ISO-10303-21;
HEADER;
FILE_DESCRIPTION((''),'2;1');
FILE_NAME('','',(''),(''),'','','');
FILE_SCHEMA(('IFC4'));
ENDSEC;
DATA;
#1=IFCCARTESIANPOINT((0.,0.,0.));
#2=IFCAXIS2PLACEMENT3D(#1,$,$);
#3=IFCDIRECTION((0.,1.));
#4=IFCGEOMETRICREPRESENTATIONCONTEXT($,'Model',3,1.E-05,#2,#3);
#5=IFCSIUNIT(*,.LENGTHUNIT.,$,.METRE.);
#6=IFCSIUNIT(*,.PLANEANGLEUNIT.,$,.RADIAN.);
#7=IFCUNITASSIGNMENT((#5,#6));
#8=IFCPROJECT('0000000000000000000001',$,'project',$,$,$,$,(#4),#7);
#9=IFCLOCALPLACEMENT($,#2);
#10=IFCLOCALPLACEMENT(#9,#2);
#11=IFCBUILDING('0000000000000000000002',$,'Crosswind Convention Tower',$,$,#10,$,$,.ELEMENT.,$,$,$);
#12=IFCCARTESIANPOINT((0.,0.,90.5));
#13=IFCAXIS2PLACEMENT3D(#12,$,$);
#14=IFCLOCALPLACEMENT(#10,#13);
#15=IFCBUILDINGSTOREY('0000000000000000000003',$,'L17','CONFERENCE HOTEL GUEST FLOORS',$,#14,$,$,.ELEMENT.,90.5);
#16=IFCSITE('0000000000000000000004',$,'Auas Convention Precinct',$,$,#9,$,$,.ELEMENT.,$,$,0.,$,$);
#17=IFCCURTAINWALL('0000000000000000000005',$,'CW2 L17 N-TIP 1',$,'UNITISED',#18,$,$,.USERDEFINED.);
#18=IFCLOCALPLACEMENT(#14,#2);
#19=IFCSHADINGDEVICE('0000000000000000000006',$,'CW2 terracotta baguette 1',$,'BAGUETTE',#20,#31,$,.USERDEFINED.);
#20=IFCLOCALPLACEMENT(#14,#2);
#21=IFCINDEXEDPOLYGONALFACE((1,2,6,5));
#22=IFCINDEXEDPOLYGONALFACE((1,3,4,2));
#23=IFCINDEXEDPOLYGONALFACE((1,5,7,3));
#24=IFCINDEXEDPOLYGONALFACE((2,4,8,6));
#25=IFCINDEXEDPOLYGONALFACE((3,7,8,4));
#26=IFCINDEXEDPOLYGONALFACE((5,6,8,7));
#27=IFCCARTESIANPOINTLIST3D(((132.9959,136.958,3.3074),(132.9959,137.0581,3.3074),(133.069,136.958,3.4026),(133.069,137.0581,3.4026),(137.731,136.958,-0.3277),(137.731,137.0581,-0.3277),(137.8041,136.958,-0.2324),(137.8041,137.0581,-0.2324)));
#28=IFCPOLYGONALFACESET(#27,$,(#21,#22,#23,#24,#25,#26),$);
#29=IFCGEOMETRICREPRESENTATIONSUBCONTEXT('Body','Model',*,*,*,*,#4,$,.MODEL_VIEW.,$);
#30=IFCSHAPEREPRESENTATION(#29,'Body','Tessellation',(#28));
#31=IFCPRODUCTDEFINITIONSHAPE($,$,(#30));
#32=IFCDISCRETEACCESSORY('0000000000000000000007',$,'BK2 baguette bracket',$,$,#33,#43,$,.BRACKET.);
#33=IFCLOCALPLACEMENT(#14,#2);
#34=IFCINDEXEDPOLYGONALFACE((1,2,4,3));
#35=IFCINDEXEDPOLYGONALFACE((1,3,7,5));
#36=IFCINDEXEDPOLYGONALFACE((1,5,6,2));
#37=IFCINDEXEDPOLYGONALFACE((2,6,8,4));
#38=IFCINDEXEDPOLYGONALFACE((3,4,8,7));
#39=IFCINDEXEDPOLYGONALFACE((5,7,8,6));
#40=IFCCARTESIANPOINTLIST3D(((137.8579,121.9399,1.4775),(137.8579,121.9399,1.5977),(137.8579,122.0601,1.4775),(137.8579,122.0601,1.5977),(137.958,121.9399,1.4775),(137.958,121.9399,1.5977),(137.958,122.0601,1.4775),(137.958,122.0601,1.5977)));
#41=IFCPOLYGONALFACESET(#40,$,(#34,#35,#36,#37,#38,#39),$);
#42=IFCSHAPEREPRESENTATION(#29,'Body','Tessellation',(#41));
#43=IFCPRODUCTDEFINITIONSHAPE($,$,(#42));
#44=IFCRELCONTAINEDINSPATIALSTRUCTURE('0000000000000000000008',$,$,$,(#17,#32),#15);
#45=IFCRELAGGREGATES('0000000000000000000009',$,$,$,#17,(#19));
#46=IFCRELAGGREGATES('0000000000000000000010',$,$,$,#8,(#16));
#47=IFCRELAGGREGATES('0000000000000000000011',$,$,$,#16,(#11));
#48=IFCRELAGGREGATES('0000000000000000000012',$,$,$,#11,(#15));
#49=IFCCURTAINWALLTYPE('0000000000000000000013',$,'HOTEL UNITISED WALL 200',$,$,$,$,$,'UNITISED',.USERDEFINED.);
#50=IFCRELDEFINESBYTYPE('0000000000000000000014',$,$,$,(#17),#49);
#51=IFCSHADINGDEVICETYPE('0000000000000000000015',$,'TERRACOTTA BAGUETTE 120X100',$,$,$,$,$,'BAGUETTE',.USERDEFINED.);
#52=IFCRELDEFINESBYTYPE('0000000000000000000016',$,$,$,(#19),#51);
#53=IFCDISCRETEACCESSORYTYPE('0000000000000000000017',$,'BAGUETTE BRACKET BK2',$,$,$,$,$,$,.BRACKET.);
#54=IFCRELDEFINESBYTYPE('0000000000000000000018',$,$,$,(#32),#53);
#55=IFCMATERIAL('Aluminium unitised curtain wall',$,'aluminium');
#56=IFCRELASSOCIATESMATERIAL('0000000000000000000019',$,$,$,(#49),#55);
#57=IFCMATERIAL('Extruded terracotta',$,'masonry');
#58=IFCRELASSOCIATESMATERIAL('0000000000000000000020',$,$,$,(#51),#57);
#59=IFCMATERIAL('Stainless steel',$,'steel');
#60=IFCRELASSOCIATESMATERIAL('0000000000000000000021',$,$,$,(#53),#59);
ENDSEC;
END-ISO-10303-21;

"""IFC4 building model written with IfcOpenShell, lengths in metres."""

from ifc_helpers import new_model, si_unit, direction, frame, origin, origin_2d, place, context, subcontext, project, spatial, rectangle, extrude, material, material_profile, profile_set, type_object, element, aggregate, save


model = new_model("IFC4")

# Units and contexts
model_context = context("Model", 3, precision=1e-05, world=origin(), true_north=direction((0.0, 1.0)))
body_context = subcontext(model_context, "Body", "Model", "MODEL_VIEW")
ifc_project = project(units=[si_unit("LENGTHUNIT", "METRE"), si_unit("PLANEANGLEUNIT", "RADIAN")], contexts=[model_context])

# Site, building, storey
site_placement = place(None, origin())
site = spatial("IfcSite", under=ifc_project, at=site_placement, Name="Auas Convention Precinct", CompositionType="ELEMENT", RefElevation=0.0)
building_placement = place(site_placement, origin())
building = spatial("IfcBuilding", under=site, at=building_placement, Name="Crosswind Convention Tower", CompositionType="ELEMENT")
storey_placement = place(building_placement, frame((0.0, 0.0, 90.5)))
storey = spatial("IfcBuildingStorey", under=building, at=storey_placement, Name="L17", Description="CONFERENCE HOTEL GUEST FLOORS", CompositionType="ELEMENT", Elevation=90.5)

# Shared definitions
ifc_material_1 = material(Name="Aluminium unitised curtain wall", Category="aluminium")

# Shared definitions
curtain_wall_type_1 = type_object("IfcCurtainWallType", Name="HOTEL UNITISED WALL 200", ElementType="UNITISED", PredefinedType="USERDEFINED", material=ifc_material_1)

# Curtain wall
curtain_wall_1_placement = place(storey_placement, origin())
curtain_wall_1 = element("IfcCurtainWall", 1, at=curtain_wall_1_placement, inside=storey, type_object=curtain_wall_type_1, Name="CW2 L17 N-TIP 1", ObjectType="UNITISED", PredefinedType="USERDEFINED")

# Shared definitions
ifc_material_2 = material(Name="Stainless steel", Category="steel")

# Shading device
ifc_material_3 = material(Name="Extruded terracotta", Category="masonry")
ifc_material_profile_1 = material_profile(ifc_material_3, rectangle(XDim=0.1001, YDim=0.1201, at=origin_2d()), Name="TC 100X120")
ifc_profile_set_1 = profile_set([ifc_material_profile_1], Name="Extruded terracotta")
shading_device_type = type_object("IfcShadingDeviceType", Name="TERRACOTTA BAGUETTE 120X100", ElementType="BAGUETTE", PredefinedType="USERDEFINED", material=ifc_profile_set_1)
shading_device_1_placement = place(storey_placement, frame((137.7676, 137.0081, -0.28), z_axis=(-0.793221, 0.0, 0.608934), x_axis=(0.0, -1.0, 0.0)))
shading_device_1 = element("IfcShadingDevice", 2, at=shading_device_1_placement, type_object=shading_device_type, Name="CW2 terracotta baguette 1", ObjectType="BAGUETTE", PredefinedType="USERDEFINED", context=body_context, shape_type="SweptSolid", body=[
    extrude(rectangle(XDim=0.1001, YDim=0.1201, at=origin_2d()), origin(), (0.0, 0.0, 1.0), 5.9695),
])
aggregate(curtain_wall_1, [shading_device_1])

# Discrete accessory
discrete_accessory_type = type_object("IfcDiscreteAccessoryType", Name="BAGUETTE BRACKET BK2", PredefinedType="BRACKET", material=ifc_material_2)
discrete_accessory_placement = place(storey_placement, frame((137.908, 122.0, 1.4775), z_axis=(0.0, 0.0, 1.0), x_axis=(0.0, 1.0, 0.0)))
element("IfcDiscreteAccessory", 3, at=discrete_accessory_placement, inside=storey, type_object=discrete_accessory_type, Name="BK2 baguette bracket", PredefinedType="BRACKET", context=body_context, shape_type="SweptSolid", body=[
    extrude(rectangle(XDim=0.1201, YDim=0.1001, at=origin_2d()), origin(), (0.0, 0.0, 1.0), 0.1201),
])

save(model, "model.ifc")
